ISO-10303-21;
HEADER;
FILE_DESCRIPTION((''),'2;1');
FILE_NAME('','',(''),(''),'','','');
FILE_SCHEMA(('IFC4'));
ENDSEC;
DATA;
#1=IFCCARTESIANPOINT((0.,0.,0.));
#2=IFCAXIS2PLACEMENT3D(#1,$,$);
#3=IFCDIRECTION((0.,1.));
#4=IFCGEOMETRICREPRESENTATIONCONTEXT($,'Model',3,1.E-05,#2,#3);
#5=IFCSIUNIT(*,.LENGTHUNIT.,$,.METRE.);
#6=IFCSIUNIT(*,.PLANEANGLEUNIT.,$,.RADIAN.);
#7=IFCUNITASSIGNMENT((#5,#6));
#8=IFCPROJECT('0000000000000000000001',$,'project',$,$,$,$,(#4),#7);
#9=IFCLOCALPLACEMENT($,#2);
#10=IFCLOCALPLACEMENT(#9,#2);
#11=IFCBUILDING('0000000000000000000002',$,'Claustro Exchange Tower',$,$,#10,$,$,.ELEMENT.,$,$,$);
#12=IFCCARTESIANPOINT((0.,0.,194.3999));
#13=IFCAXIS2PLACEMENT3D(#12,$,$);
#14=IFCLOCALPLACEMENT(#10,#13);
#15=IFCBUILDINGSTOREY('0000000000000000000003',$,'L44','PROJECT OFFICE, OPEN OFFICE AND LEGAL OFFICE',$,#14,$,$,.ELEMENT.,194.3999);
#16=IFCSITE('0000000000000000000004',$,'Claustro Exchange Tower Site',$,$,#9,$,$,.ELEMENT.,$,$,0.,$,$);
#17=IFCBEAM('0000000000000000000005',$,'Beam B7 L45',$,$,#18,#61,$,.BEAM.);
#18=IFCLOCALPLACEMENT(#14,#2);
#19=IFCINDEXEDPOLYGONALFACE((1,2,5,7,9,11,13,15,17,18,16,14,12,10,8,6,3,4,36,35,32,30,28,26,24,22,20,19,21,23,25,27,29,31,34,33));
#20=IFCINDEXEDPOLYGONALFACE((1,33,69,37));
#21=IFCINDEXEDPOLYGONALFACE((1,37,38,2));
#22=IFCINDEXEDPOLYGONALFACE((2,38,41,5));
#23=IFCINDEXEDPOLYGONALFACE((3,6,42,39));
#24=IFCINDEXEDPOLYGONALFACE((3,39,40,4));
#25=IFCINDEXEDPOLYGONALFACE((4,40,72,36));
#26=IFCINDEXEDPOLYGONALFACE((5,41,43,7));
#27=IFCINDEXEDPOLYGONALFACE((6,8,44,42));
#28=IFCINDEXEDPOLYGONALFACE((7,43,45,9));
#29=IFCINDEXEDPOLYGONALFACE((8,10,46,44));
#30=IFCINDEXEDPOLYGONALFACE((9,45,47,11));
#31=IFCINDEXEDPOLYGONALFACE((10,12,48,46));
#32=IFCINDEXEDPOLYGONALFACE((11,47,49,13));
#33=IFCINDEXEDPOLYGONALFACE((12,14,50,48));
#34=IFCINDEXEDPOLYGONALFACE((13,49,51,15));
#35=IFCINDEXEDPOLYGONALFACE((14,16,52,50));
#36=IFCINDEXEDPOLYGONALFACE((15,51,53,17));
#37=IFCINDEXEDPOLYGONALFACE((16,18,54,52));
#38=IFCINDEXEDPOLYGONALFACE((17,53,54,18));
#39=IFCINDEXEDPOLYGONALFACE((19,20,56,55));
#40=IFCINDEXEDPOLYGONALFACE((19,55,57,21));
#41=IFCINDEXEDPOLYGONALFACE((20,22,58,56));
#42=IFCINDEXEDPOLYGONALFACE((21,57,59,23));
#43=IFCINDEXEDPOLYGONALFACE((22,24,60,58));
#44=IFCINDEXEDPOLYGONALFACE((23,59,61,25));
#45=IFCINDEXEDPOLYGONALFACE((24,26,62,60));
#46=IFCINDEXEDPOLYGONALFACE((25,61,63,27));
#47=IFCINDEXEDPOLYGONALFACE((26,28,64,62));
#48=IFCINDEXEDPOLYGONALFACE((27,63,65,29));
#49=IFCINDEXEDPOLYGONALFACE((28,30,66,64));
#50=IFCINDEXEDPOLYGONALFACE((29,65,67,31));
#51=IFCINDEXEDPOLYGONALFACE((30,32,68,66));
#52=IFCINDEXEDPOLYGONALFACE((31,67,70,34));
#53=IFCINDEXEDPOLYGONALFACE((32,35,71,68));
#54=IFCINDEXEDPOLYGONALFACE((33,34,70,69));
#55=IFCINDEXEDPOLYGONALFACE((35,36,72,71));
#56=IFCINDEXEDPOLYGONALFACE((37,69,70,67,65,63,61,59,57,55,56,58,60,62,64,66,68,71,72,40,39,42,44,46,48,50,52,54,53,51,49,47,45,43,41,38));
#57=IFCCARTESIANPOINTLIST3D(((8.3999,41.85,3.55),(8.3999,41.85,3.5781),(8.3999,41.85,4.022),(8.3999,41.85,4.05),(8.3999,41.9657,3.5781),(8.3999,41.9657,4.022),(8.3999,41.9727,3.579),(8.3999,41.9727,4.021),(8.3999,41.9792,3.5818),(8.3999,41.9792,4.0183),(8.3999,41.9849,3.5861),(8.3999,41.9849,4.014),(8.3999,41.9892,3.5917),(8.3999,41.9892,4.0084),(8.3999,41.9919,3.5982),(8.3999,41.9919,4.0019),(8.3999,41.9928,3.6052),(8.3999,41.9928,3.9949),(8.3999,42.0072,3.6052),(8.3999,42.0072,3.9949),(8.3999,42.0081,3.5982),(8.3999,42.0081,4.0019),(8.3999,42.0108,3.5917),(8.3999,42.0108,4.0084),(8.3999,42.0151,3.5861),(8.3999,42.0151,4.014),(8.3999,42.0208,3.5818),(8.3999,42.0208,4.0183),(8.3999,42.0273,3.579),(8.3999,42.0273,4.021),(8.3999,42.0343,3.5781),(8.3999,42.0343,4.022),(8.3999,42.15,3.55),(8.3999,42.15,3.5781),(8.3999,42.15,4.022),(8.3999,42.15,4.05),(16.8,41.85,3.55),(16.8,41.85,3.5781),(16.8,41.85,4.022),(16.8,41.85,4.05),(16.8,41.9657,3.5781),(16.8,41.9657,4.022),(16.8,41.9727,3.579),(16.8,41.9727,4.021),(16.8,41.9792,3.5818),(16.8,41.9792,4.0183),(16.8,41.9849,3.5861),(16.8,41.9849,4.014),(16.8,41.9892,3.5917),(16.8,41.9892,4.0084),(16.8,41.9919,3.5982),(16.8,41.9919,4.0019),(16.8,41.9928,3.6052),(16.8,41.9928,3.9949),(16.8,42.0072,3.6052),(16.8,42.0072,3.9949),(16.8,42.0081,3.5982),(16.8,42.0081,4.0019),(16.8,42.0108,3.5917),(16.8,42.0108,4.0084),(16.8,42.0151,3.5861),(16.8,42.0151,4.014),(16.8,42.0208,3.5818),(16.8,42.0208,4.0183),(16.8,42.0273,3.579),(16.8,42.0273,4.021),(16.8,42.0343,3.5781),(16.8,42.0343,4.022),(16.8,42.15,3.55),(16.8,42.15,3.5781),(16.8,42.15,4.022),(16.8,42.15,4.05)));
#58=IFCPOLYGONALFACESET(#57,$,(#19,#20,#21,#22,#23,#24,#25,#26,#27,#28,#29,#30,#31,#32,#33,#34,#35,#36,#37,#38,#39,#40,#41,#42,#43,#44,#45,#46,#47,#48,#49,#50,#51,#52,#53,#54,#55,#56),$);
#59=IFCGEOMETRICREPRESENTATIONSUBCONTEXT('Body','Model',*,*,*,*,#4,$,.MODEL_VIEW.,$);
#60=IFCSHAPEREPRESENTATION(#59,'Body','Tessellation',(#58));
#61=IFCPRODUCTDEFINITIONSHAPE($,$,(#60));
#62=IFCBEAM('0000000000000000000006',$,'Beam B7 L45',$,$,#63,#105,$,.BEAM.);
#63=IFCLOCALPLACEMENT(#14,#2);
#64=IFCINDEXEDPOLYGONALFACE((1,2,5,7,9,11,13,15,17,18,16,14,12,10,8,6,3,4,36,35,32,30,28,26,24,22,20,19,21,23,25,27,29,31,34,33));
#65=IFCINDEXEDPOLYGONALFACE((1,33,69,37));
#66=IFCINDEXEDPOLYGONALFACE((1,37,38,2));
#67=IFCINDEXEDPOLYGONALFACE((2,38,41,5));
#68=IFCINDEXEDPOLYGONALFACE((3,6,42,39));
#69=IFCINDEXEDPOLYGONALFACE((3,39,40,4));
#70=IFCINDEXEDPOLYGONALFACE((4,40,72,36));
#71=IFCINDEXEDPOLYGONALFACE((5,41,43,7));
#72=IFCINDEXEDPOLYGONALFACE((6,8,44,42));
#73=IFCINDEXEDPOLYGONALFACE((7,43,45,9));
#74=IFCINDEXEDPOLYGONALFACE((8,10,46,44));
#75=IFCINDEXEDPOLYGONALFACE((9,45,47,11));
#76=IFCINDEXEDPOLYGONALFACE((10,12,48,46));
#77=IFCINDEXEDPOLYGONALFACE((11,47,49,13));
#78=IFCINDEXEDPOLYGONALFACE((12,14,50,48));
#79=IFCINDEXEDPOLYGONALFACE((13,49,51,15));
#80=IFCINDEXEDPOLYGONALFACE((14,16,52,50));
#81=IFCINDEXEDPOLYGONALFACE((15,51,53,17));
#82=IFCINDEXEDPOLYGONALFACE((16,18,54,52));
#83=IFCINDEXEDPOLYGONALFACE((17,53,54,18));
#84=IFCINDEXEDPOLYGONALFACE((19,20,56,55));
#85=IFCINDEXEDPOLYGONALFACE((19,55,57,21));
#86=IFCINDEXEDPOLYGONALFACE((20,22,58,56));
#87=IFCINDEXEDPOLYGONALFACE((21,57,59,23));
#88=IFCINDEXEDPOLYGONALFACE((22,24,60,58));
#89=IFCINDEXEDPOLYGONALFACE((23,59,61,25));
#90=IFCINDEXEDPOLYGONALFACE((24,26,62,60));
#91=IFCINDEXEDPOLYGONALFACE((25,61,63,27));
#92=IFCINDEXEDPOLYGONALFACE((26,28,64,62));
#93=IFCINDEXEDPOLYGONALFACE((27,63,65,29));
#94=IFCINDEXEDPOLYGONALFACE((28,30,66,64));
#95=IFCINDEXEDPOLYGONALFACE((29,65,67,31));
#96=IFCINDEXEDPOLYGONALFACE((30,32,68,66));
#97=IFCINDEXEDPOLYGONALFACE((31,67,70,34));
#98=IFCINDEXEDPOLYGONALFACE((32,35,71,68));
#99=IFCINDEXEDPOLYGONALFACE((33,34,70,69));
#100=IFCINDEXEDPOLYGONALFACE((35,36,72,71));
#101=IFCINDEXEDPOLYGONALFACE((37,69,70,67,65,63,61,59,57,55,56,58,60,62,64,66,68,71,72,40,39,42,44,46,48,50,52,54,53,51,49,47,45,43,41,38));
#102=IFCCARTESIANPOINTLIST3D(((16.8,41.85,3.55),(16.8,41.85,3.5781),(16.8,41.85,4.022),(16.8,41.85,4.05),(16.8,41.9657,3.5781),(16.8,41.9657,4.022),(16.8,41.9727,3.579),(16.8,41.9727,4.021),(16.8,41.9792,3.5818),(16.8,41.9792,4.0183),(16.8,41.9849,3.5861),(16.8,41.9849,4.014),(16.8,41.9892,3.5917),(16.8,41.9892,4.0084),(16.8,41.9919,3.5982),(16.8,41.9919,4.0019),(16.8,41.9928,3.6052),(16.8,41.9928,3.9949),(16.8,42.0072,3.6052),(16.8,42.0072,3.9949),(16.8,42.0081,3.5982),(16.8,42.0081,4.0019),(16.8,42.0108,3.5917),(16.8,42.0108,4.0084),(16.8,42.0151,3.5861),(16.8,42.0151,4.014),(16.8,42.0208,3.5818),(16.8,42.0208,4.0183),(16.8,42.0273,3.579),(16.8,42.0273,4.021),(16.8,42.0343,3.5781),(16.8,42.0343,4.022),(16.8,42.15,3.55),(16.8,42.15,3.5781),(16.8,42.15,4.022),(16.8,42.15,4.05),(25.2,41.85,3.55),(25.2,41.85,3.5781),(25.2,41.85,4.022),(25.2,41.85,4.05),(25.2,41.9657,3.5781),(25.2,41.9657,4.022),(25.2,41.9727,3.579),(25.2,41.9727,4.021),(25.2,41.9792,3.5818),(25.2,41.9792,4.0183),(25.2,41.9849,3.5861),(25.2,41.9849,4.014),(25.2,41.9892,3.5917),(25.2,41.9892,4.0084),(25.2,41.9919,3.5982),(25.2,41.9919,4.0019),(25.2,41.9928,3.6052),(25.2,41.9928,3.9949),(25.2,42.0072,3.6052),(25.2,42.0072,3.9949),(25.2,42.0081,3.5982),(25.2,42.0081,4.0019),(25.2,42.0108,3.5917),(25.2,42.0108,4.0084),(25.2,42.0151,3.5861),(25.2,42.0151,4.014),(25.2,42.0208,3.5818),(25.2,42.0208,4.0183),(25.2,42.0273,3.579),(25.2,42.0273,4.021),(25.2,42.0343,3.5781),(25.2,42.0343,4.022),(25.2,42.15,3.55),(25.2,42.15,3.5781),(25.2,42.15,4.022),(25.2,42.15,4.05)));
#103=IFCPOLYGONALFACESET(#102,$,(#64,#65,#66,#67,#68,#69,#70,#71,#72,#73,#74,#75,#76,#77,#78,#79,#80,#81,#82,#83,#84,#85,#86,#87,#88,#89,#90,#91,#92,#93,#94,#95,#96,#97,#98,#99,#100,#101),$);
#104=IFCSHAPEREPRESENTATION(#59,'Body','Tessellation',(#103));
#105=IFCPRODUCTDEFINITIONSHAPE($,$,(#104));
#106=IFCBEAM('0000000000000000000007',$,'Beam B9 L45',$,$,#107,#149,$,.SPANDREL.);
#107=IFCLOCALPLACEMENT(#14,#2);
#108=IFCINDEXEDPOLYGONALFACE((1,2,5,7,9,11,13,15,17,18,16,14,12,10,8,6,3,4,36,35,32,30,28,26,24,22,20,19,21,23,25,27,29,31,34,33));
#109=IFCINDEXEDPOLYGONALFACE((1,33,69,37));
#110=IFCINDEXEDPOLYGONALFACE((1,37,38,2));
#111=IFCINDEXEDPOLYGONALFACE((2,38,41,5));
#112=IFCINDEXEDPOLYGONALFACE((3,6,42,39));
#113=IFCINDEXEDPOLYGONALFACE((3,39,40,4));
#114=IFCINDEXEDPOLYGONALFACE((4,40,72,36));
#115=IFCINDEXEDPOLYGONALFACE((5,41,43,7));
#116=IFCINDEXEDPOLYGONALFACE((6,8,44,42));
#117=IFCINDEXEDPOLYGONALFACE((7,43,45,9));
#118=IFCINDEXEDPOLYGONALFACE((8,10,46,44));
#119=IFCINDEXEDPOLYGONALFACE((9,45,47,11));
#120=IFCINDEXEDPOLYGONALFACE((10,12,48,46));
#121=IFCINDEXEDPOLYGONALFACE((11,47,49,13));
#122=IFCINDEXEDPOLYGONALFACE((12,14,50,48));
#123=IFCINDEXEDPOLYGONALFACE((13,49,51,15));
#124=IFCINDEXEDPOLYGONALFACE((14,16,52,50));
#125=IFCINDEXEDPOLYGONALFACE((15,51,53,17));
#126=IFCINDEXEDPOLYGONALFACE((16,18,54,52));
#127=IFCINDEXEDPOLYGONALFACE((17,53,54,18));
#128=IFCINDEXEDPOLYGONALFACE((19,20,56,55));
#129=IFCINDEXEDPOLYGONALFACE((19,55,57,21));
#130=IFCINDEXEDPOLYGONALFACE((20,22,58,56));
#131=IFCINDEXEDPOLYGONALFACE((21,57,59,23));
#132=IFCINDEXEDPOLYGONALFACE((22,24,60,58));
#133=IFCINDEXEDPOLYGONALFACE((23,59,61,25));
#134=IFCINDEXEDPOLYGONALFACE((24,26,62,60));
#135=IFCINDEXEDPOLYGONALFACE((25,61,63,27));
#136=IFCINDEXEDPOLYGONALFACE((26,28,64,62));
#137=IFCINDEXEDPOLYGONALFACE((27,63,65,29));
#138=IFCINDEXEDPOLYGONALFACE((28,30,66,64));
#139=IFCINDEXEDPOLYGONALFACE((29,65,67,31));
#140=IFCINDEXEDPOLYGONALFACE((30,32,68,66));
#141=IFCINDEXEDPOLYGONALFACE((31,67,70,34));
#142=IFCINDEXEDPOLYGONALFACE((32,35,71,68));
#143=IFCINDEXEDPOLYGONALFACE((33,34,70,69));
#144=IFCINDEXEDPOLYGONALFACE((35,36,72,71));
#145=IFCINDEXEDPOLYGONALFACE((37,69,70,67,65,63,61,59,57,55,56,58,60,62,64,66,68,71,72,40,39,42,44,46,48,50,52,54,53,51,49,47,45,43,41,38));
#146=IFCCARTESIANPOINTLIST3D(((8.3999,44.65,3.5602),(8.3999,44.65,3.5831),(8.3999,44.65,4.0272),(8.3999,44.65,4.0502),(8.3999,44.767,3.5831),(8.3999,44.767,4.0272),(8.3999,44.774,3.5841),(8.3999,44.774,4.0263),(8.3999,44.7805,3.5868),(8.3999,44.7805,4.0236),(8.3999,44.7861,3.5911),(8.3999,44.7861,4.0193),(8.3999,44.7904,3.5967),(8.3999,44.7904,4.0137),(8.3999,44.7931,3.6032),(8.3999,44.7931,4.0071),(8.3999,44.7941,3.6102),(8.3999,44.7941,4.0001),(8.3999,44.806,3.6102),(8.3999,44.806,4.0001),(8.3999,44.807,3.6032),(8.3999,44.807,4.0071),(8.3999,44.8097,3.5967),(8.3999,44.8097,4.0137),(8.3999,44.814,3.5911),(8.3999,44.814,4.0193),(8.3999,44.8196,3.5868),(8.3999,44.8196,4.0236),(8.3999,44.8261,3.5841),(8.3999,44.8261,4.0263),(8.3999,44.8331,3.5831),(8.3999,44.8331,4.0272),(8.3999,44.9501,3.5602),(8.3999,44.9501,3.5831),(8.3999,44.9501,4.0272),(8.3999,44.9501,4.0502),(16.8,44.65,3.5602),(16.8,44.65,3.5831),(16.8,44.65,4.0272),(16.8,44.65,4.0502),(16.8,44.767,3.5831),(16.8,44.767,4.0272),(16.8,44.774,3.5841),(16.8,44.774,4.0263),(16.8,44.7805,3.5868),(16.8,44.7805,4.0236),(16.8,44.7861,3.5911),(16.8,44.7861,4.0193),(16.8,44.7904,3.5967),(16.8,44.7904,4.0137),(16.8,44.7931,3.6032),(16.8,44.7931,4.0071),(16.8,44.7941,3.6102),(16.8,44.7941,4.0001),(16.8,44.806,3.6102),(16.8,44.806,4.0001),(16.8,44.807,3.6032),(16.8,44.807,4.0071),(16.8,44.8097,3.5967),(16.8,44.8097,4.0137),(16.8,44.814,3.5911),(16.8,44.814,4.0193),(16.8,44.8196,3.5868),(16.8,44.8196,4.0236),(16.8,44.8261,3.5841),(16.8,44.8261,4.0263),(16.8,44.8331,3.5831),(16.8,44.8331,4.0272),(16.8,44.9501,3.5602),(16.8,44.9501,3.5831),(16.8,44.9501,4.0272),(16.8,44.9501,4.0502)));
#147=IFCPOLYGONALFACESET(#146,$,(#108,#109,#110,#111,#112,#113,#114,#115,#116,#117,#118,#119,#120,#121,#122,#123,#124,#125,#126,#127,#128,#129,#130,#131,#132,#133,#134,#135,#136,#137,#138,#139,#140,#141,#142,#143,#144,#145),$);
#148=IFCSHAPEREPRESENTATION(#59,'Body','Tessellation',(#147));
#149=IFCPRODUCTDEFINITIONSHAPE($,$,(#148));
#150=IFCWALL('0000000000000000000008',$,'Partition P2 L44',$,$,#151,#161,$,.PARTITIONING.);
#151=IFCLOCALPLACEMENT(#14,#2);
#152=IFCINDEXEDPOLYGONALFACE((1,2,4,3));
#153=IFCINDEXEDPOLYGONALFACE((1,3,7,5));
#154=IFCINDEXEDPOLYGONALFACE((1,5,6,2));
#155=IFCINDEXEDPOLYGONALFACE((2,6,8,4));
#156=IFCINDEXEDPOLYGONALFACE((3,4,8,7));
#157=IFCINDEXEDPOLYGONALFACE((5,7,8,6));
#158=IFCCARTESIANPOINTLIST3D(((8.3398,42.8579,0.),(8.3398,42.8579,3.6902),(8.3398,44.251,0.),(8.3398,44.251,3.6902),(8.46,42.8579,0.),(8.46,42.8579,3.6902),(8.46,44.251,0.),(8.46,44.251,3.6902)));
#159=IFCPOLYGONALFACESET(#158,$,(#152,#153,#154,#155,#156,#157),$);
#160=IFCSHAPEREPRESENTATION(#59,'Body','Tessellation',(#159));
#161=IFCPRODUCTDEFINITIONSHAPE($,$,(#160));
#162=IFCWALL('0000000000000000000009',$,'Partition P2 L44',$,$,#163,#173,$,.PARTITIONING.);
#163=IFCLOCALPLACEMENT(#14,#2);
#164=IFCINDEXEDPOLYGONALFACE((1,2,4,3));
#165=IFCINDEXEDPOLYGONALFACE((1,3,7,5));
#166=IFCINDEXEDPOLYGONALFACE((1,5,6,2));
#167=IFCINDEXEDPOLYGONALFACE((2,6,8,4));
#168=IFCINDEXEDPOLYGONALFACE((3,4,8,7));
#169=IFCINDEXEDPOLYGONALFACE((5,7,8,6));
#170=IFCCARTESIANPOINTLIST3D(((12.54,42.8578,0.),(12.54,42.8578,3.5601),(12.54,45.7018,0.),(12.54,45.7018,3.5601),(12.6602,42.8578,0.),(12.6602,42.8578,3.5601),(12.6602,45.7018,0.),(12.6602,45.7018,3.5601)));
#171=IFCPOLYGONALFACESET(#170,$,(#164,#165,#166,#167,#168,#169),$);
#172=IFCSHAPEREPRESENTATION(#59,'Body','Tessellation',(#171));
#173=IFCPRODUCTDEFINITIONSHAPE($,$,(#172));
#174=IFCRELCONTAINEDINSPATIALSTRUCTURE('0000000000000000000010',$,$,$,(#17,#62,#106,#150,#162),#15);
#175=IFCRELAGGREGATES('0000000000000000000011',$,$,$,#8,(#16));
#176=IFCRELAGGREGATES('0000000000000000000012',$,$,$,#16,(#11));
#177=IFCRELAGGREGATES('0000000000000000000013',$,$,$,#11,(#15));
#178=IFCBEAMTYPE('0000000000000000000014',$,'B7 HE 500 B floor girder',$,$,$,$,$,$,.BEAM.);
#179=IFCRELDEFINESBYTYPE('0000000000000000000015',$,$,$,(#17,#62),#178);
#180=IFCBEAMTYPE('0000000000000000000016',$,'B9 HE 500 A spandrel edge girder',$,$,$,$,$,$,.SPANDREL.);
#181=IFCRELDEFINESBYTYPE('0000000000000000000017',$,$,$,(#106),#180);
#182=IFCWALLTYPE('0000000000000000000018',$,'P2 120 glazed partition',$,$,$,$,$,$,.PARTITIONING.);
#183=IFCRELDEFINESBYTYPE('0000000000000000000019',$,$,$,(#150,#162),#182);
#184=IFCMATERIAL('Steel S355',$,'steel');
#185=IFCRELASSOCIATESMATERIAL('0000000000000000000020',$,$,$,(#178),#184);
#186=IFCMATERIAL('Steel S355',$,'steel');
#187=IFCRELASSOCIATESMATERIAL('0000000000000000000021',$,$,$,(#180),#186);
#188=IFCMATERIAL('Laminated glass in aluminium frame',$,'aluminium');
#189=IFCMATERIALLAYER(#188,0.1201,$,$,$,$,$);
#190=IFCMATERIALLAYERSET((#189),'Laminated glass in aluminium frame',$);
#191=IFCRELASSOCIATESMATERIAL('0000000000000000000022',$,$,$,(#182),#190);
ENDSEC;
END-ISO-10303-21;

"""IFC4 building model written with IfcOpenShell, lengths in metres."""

from ifc_helpers import new_model, si_unit, direction, frame, frame_2d, origin, origin_2d, place, context, subcontext, project, spatial, rectangle, i_section, extrude, material, layer, layer_set, material_profile, profile_set, type_object, element, save


model = new_model("IFC4")

# Units and contexts
model_context = context("Model", 3, precision=1e-05, world=origin(), true_north=direction((0.0, 1.0)))
body_context = subcontext(model_context, "Body", "Model", "MODEL_VIEW")
ifc_project = project(units=[si_unit("LENGTHUNIT", "METRE"), si_unit("PLANEANGLEUNIT", "RADIAN")], contexts=[model_context])

# Site, building, storey
site_placement = place(None, origin())
site = spatial("IfcSite", under=ifc_project, at=site_placement, Name="Claustro Exchange Tower Site", CompositionType="ELEMENT", RefElevation=0.0)
building_placement = place(site_placement, origin())
building = spatial("IfcBuilding", under=site, at=building_placement, Name="Claustro Exchange Tower", CompositionType="ELEMENT")
storey_placement = place(building_placement, frame((0.0, 0.0, 194.3999)))
storey = spatial("IfcBuildingStorey", under=building, at=storey_placement, Name="L44", Description="PROJECT OFFICE, OPEN OFFICE AND LEGAL OFFICE", CompositionType="ELEMENT", Elevation=194.3999)

# Beams
ifc_material_1 = material(Name="Steel S355", Category="steel")
ifc_material_profile_1 = material_profile(ifc_material_1, i_section(OverallWidth=0.3, OverallDepth=0.5, WebThickness=0.0144, FlangeThickness=0.0281, FilletRadius=0.0271, at=origin_2d()), Name="HE 500 B")
ifc_profile_set_1 = profile_set([ifc_material_profile_1], Name="Steel S355")
beam_type_1 = type_object("IfcBeamType", Name="B7 HE 500 B floor girder", PredefinedType="BEAM", material=ifc_profile_set_1)
beam_1_placement = place(storey_placement, frame((8.3999, 42.0, 3.8), z_axis=(1.0, 0.0, 0.0), x_axis=(0.0, 1.0, 0.0)))
element("IfcBeam", 1, at=beam_1_placement, inside=storey, type_object=beam_type_1, Name="Beam B7 L45", PredefinedType="BEAM", context=body_context, shape_type="SweptSolid", body=[
    extrude(i_section(OverallWidth=0.3, OverallDepth=0.5, WebThickness=0.0144, FlangeThickness=0.0281, FilletRadius=0.0271, at=origin_2d()), origin(), (0.0, 0.0, 1.0), 8.4001),
])
beam_2_placement = place(storey_placement, frame((16.8, 42.0, 3.8), z_axis=(1.0, 0.0, 0.0), x_axis=(0.0, 1.0, 0.0)))
element("IfcBeam", 2, at=beam_2_placement, inside=storey, type_object=beam_type_1, Name="Beam B7 L45", PredefinedType="BEAM", context=body_context, shape_type="SweptSolid", body=[
    extrude(i_section(OverallWidth=0.3, OverallDepth=0.5, WebThickness=0.0144, FlangeThickness=0.0281, FilletRadius=0.0271, at=origin_2d()), origin(), (0.0, 0.0, 1.0), 8.3999),
])
ifc_material_2 = material(Name="Steel S355", Category="steel")
ifc_material_profile_2 = material_profile(ifc_material_2, i_section(OverallWidth=0.3, OverallDepth=0.49, WebThickness=0.012, FlangeThickness=0.0229, FilletRadius=0.0271, at=origin_2d()), Name="HE 500 A")
ifc_profile_set_2 = profile_set([ifc_material_profile_2], Name="Steel S355")
beam_type_2 = type_object("IfcBeamType", Name="B9 HE 500 A spandrel edge girder", PredefinedType="SPANDREL", material=ifc_profile_set_2)
beam_3_placement = place(storey_placement, frame((8.3999, 44.8, 3.8052), z_axis=(1.0, 0.0, 0.0), x_axis=(0.0, 1.0, 0.0)))
element("IfcBeam", 3, at=beam_3_placement, inside=storey, type_object=beam_type_2, Name="Beam B9 L45", PredefinedType="SPANDREL", context=body_context, shape_type="SweptSolid", body=[
    extrude(i_section(OverallWidth=0.3, OverallDepth=0.49, WebThickness=0.012, FlangeThickness=0.0229, FilletRadius=0.0271, at=origin_2d()), origin(), (0.0, 0.0, 1.0), 8.4001),
])

# Walls
ifc_material_3 = material(Name="Laminated glass in aluminium frame", Category="aluminium")
ifc_layer_1 = layer(ifc_material_3, 0.1201)
ifc_layer_set_1 = layer_set([ifc_layer_1], Name="Laminated glass in aluminium frame")
wall_type_1 = type_object("IfcWallType", Name="P2 120 glazed partition", PredefinedType="PARTITIONING", material=ifc_layer_set_1)
wall_1_placement = place(storey_placement, frame((8.3999, 42.8579, 0.0), z_axis=(0.0, 0.0, 1.0), x_axis=(0.0, 1.0, 0.0)))
element("IfcWall", 4, at=wall_1_placement, inside=storey, type_object=wall_type_1, Name="Partition P2 L44", PredefinedType="PARTITIONING", context=body_context, shape_type="SweptSolid", body=[
    extrude(rectangle(XDim=1.3931, YDim=0.1201, at=frame_2d((0.6965, 0.0))), origin(), (0.0, 0.0, 1.0), 3.6902),
])
wall_2_placement = place(storey_placement, frame((12.6001, 42.8579, 0.0), z_axis=(0.0, 0.0, 1.0), x_axis=(0.0, 1.0, 0.0)))
element("IfcWall", 5, at=wall_2_placement, inside=storey, type_object=wall_type_1, Name="Partition P2 L44", PredefinedType="PARTITIONING", context=body_context, shape_type="SweptSolid", body=[
    extrude(rectangle(XDim=2.844, YDim=0.1201, at=frame_2d((1.4219, 0.0))), origin(), (0.0, 0.0, 1.0), 3.5601),
])

save(model, "model.ifc")
